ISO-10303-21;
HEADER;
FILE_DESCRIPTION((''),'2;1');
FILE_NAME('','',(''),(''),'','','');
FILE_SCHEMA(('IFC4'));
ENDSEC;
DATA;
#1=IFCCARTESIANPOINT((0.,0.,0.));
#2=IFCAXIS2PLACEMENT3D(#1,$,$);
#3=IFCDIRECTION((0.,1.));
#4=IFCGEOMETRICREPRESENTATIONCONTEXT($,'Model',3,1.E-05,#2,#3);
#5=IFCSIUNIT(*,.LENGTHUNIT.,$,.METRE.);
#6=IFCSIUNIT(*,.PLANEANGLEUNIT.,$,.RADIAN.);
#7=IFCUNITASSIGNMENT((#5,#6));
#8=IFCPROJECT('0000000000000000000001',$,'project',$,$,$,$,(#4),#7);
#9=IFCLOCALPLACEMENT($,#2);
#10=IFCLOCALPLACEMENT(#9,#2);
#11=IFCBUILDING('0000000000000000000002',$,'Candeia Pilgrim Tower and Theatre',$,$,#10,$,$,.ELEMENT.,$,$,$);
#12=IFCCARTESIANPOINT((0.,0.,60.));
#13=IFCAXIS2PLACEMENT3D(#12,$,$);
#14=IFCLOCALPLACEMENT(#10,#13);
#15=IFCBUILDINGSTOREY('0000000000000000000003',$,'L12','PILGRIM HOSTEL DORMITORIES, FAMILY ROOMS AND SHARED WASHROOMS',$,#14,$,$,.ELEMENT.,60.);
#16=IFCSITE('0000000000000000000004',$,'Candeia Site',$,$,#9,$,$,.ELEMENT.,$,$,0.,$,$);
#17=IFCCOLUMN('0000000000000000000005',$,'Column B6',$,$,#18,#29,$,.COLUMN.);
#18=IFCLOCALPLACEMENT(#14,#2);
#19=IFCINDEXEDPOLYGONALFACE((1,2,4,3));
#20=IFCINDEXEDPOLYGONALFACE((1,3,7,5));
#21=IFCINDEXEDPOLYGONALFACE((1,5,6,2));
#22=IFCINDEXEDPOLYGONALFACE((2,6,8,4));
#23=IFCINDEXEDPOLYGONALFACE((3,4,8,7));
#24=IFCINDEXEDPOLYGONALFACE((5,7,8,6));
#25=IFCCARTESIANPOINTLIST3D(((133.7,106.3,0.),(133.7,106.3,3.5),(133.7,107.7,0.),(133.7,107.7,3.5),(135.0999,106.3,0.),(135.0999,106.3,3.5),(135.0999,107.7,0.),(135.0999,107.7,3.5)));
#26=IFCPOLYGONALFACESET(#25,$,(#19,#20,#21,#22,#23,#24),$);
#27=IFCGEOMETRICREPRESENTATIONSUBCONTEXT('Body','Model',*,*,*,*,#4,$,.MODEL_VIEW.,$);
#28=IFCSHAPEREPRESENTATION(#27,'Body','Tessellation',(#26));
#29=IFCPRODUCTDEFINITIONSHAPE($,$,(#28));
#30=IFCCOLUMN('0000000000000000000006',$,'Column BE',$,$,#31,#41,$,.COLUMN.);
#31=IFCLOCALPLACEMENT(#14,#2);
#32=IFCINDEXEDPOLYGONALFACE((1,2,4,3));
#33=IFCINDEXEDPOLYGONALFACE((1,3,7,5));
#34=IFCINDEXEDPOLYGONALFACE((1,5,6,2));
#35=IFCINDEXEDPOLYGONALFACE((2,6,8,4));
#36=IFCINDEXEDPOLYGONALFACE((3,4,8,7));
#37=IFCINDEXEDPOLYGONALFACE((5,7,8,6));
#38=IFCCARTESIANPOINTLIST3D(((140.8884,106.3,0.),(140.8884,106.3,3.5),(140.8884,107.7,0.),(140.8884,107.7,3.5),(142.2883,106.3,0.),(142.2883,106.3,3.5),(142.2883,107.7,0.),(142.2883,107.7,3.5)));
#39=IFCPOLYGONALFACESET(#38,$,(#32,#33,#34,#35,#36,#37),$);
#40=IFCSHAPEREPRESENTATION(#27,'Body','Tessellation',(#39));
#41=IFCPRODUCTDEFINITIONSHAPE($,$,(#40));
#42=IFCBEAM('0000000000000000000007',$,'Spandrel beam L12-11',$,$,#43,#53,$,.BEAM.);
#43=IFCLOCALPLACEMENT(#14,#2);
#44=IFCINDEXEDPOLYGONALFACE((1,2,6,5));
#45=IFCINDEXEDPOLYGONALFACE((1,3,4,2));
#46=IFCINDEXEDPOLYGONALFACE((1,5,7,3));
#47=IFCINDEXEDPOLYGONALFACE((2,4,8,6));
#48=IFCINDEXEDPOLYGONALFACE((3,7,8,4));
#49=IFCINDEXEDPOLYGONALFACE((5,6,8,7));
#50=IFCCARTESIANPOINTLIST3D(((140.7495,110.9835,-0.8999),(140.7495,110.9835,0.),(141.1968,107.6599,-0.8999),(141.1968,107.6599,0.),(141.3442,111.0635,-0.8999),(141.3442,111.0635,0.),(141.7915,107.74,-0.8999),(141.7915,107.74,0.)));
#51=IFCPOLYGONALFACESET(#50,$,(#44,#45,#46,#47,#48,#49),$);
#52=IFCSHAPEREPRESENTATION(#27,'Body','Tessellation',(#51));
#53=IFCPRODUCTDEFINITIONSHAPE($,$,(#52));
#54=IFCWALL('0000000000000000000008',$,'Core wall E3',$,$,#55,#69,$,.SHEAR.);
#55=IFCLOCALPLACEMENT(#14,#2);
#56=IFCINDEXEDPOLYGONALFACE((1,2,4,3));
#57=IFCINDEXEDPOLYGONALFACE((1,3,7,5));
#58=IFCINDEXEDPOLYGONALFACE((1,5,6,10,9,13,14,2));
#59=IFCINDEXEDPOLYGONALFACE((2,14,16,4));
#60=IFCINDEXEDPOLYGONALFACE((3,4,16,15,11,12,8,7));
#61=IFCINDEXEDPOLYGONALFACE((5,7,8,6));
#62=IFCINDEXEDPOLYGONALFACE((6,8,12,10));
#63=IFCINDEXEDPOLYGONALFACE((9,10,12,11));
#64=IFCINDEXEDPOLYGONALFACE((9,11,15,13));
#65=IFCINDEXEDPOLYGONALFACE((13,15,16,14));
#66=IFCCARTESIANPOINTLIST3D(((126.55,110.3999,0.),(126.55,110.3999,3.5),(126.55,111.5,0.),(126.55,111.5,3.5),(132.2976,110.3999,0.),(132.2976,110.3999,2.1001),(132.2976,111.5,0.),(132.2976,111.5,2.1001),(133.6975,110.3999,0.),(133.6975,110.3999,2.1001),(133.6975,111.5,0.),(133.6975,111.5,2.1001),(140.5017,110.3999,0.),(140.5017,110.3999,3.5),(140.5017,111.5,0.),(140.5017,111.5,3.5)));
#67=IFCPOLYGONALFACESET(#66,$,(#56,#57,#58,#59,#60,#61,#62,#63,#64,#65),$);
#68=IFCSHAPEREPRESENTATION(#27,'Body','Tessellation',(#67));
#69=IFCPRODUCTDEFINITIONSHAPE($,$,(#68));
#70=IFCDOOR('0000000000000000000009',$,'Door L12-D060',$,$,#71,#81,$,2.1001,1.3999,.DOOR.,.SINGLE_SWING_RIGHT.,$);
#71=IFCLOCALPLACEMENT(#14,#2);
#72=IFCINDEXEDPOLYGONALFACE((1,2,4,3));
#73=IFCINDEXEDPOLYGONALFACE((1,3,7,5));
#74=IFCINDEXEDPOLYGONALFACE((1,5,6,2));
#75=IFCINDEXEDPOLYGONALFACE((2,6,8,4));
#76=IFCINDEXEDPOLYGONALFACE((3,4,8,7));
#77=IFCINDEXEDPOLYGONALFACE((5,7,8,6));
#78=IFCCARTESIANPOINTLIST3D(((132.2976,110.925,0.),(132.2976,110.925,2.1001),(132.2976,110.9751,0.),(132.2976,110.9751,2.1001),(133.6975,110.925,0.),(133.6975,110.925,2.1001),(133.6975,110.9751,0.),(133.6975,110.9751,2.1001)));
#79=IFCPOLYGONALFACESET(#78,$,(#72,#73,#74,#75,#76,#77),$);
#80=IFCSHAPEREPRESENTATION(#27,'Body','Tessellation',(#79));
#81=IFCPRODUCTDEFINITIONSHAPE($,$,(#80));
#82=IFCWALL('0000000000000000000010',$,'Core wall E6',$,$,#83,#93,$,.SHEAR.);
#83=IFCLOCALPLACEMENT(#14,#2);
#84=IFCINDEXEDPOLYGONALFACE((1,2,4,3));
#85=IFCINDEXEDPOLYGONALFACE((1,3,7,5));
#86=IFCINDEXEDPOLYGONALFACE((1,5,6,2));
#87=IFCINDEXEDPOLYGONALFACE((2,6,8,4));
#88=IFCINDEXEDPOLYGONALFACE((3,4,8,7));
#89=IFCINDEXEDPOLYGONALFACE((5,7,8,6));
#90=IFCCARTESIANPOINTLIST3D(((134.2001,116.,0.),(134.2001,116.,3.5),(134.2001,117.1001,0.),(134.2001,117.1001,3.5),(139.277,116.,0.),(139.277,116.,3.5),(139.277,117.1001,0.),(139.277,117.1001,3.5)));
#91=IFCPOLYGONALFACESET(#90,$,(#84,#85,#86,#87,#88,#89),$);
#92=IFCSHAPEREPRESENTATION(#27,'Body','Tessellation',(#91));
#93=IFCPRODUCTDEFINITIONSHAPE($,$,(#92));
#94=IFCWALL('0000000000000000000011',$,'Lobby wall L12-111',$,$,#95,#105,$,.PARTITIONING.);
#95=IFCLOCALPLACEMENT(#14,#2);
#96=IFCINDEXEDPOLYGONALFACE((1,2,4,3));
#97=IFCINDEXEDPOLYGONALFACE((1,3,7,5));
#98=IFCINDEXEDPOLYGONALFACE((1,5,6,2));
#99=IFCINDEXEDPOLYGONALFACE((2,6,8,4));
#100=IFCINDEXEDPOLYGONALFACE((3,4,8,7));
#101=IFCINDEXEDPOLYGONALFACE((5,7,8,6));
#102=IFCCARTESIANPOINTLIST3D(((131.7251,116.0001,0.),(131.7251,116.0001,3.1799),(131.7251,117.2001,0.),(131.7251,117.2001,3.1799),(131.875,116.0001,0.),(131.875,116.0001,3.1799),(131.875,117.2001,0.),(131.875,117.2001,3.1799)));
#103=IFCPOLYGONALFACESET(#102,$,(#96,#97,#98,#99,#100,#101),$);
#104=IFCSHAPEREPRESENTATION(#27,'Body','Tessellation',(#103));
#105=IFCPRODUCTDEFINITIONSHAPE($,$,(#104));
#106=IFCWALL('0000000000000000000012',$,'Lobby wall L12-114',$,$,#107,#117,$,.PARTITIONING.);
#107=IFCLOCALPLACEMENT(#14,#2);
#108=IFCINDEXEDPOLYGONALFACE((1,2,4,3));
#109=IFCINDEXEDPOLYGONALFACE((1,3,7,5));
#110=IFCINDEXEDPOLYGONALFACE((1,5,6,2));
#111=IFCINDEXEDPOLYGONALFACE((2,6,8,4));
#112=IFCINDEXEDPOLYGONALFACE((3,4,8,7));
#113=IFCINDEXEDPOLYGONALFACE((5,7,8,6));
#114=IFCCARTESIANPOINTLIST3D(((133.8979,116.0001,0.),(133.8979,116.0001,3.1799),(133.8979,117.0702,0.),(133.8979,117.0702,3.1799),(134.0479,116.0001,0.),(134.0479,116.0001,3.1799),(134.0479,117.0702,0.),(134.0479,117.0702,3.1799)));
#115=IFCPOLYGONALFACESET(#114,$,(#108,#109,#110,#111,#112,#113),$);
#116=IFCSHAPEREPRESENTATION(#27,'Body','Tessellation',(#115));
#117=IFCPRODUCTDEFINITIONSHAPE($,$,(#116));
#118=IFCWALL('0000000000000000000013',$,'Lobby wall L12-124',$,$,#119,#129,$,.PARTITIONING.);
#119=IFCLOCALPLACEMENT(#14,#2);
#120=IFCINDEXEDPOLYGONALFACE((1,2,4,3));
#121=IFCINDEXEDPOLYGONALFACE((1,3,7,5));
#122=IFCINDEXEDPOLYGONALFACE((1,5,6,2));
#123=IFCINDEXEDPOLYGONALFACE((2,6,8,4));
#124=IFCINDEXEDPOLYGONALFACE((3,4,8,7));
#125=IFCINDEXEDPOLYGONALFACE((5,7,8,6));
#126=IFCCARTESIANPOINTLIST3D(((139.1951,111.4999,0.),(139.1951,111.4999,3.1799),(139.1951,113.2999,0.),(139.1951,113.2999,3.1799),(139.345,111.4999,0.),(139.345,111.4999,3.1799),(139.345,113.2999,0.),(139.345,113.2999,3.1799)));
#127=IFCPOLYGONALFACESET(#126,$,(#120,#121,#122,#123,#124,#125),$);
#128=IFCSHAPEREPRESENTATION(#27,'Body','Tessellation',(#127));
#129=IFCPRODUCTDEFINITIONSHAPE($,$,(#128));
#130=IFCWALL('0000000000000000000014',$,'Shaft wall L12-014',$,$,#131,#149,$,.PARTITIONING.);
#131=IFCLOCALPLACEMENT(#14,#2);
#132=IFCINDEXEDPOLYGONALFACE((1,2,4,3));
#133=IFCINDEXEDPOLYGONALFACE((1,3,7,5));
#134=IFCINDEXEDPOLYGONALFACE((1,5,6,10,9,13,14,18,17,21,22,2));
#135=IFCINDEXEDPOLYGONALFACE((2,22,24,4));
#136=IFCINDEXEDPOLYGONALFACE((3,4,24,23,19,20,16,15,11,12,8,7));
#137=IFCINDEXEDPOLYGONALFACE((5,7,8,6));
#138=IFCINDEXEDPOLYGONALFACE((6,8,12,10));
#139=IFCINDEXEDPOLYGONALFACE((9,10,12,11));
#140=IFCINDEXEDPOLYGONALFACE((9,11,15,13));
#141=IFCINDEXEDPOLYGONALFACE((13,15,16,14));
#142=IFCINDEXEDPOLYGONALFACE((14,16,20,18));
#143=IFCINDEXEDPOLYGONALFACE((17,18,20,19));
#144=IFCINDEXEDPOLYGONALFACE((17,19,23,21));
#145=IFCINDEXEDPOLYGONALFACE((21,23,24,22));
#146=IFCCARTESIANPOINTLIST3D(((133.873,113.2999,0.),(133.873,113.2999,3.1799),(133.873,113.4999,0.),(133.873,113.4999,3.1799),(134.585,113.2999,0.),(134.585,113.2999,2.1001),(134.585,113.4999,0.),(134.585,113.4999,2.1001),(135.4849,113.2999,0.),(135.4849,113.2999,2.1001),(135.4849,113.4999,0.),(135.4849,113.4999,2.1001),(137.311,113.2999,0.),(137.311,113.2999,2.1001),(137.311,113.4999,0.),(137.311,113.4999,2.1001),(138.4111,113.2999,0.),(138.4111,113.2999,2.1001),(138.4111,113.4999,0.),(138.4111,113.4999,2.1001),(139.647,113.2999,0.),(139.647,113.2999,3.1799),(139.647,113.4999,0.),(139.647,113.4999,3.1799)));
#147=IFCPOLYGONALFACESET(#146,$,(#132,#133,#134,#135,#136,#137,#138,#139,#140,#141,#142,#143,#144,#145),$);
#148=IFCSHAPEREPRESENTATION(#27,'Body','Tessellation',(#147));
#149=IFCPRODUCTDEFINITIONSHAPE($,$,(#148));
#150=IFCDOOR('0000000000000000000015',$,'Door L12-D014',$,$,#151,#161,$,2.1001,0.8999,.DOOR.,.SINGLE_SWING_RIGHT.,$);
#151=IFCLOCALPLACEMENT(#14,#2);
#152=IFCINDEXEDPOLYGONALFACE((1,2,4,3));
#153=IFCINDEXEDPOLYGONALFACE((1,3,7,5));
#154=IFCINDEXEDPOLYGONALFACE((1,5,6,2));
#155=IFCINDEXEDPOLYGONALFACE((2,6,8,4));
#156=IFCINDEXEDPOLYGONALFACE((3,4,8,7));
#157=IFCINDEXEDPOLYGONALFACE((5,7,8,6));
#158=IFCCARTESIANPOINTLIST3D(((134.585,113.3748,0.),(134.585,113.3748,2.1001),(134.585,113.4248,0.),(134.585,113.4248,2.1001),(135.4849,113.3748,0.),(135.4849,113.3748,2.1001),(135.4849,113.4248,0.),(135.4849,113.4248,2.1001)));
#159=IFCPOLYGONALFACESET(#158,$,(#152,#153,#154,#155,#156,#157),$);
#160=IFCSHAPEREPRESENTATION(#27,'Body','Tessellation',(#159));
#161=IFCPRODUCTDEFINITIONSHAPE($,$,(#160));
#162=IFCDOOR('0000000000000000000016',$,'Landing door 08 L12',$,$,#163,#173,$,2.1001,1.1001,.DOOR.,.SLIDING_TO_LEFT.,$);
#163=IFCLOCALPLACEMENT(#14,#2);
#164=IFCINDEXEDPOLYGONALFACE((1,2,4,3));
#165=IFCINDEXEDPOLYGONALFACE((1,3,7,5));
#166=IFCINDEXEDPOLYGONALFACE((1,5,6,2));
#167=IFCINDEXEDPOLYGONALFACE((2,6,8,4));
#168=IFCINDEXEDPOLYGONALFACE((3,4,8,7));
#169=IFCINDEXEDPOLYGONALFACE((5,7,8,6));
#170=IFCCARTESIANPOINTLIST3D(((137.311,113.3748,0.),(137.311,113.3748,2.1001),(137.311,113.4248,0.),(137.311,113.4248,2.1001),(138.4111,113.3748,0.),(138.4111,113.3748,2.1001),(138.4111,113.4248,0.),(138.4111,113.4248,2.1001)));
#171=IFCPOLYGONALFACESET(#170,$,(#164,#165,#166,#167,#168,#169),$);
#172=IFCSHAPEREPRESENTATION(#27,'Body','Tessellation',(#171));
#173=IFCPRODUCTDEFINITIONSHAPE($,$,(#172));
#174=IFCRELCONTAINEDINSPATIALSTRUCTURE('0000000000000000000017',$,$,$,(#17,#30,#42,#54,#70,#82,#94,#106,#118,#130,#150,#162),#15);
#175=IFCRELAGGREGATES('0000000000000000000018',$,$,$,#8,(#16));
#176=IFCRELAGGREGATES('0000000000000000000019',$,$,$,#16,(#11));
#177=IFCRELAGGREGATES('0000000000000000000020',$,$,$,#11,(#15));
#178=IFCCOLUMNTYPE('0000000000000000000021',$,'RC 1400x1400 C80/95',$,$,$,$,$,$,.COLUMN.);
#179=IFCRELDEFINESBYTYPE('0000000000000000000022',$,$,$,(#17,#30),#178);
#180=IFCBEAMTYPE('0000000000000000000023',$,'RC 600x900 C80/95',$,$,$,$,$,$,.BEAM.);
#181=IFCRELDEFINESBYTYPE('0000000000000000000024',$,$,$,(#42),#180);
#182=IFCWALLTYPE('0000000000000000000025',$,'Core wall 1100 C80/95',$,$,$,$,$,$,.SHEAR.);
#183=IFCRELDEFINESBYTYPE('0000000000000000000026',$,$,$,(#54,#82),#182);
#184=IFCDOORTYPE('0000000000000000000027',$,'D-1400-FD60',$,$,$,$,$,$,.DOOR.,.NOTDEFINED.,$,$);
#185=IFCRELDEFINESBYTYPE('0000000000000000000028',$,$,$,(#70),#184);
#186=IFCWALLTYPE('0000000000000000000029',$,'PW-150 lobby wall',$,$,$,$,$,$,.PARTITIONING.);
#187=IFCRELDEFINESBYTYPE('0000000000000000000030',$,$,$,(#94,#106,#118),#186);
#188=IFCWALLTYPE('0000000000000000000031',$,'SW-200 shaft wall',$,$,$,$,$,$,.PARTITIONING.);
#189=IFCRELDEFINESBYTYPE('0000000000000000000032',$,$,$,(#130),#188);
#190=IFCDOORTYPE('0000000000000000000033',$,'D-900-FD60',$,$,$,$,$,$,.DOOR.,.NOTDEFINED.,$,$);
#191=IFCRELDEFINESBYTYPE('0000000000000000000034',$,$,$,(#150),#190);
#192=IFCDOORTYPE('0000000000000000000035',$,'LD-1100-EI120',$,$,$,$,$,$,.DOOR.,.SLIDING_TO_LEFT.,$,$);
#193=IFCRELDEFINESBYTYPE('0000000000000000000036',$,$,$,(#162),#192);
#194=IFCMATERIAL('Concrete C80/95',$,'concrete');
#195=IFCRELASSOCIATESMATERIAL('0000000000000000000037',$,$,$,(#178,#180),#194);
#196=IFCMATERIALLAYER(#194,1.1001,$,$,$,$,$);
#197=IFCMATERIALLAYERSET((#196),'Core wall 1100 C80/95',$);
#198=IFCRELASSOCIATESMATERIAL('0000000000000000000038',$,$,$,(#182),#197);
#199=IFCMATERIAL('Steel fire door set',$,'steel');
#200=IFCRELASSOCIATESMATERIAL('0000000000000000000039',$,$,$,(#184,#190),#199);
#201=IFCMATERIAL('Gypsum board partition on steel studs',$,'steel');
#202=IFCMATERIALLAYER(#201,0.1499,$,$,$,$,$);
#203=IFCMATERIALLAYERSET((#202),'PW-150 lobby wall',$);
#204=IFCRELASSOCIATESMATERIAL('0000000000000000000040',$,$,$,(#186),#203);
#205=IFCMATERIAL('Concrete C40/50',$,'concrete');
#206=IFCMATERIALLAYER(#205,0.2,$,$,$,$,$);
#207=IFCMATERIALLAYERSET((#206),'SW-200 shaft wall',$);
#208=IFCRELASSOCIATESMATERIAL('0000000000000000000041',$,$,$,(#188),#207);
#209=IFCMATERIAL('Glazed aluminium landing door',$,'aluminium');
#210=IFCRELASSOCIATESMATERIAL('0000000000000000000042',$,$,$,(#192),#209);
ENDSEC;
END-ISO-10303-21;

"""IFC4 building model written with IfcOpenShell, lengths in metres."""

from ifc_helpers import new_model, si_unit, direction, frame, frame_2d, origin, origin_2d, place, context, subcontext, project, spatial, rectangle, extrude, material, layer, layer_set, material_profile, profile_set, type_object, element, fill, save


model = new_model("IFC4")

# Units and contexts
model_context = context("Model", 3, precision=1e-05, world=origin(), true_north=direction((0.0, 1.0)))
body_context = subcontext(model_context, "Body", "Model", "MODEL_VIEW")
ifc_project = project(units=[si_unit("LENGTHUNIT", "METRE"), si_unit("PLANEANGLEUNIT", "RADIAN")], contexts=[model_context])

# Site, building, storey
site_placement = place(None, origin())
site = spatial("IfcSite", under=ifc_project, at=site_placement, Name="Candeia Site", CompositionType="ELEMENT", RefElevation=0.0)
building_placement = place(site_placement, origin())
building = spatial("IfcBuilding", under=site, at=building_placement, Name="Candeia Pilgrim Tower and Theatre", CompositionType="ELEMENT")
storey_placement = place(building_placement, frame((0.0, 0.0, 60.0)))
storey = spatial("IfcBuildingStorey", under=building, at=storey_placement, Name="L12", Description="PILGRIM HOSTEL DORMITORIES, FAMILY ROOMS AND SHARED WASHROOMS", CompositionType="ELEMENT", Elevation=60.0)

# Columns
ifc_material_1 = material(Name="Concrete C80/95", Category="concrete")
ifc_material_profile_1 = material_profile(ifc_material_1, rectangle(XDim=1.3999, YDim=1.3999, at=origin_2d()))
ifc_profile_set_1 = profile_set([ifc_material_profile_1], Name="Concrete C80/95")
column_type = type_object("IfcColumnType", Name="RC 1400x1400 C80/95", PredefinedType="COLUMN", material=ifc_profile_set_1)
for number, where, z_axis, x_axis, name in (
    (1, (134.3999, 107.0, 0.0), (0.0, 0.0, 1.0), (1.0, 0.0, 0.0), "Column B6"),
    (2, (141.5884, 107.0, 0.0), (0.0, 0.0, 1.0), (1.0, 0.0, 0.0), "Column BE"),
):
    element("IfcColumn", number, at=place(storey_placement, frame(where, z_axis=z_axis, x_axis=x_axis)), inside=storey, type_object=column_type, Name=name, PredefinedType="COLUMN", context=body_context, shape_type="SweptSolid", body=[
        extrude(rectangle(XDim=1.3999, YDim=1.3999, at=origin_2d()), origin(), (0.0, 0.0, 1.0), 3.5),
    ])

# Beam
ifc_material_profile_2 = material_profile(ifc_material_1, rectangle(XDim=0.6001, YDim=0.8999, at=origin_2d()))
ifc_profile_set_2 = profile_set([ifc_material_profile_2], Name="Concrete C80/95")
beam_type = type_object("IfcBeamType", Name="RC 600x900 C80/95", PredefinedType="BEAM", material=ifc_profile_set_2)
beam_placement = place(storey_placement, frame((141.4941, 107.7, -0.45), z_axis=(-0.133375, 0.991066, 0.0), x_axis=(-0.991066, -0.133375, 0.0)))
element("IfcBeam", 3, at=beam_placement, inside=storey, type_object=beam_type, Name="Spandrel beam L12-11", PredefinedType="BEAM", context=body_context, shape_type="SweptSolid", body=[
    extrude(rectangle(XDim=0.6001, YDim=0.8999, at=origin_2d()), origin(), (0.0, 0.0, 1.0), 3.3535),
])

# Wall, opening, door
ifc_layer_1 = layer(ifc_material_1, 1.1001)
ifc_layer_set_1 = layer_set([ifc_layer_1], Name="Core wall 1100 C80/95")
wall_type_1 = type_object("IfcWallType", Name="Core wall 1100 C80/95", PredefinedType="SHEAR", material=ifc_layer_set_1)
wall_1_placement = place(storey_placement, frame((140.5017, 110.95, 0.0), z_axis=(0.0, 0.0, 1.0), x_axis=(-1.0, 0.0, 0.0)))
wall_1 = element("IfcWall", 4, at=wall_1_placement, inside=storey, type_object=wall_type_1, Name="Core wall E3", PredefinedType="SHEAR", context=body_context, shape_type="SweptSolid", body=[
    extrude(rectangle(XDim=13.9517, YDim=1.1001, at=frame_2d((6.9758, 0.0))), origin(), (0.0, 0.0, 1.0), 3.5),
])
opening_1_placement = place(wall_1_placement, frame((6.8042, 0.0, 0.0)))
opening_1 = element("IfcOpeningElement", 5, at=opening_1_placement, cuts=wall_1, PredefinedType="OPENING", context=body_context, shape_type="SweptSolid", body=[
    extrude(rectangle(XDim=1.3999, YDim=2.1001, at=frame_2d((0.7, 1.05))), frame((0.0, 0.5601, 0.0), z_axis=(0.0, -1.0, 0.0), x_axis=(1.0, 0.0, 0.0)), (0.0, 0.0, 1.0), 1.1201),
])
ifc_material_2 = material(Name="Steel fire door set", Category="steel")
door_type_1 = type_object("IfcDoorType", Name="D-1400-FD60", OperationType="NOTDEFINED", PredefinedType="DOOR", material=ifc_material_2)
door_1_placement = place(opening_1_placement, origin())
door_1 = element("IfcDoor", 6, at=door_1_placement, inside=storey, type_object=door_type_1, Name="Door L12-D060", OperationType="SINGLE_SWING_RIGHT", OverallHeight=2.1001, OverallWidth=1.3999, PredefinedType="DOOR", context=body_context, shape_type="SweptSolid", body=[
    extrude(rectangle(XDim=1.3999, YDim=2.1001, at=frame_2d((0.7, 1.05))), frame((0.0, 0.0249, 0.0), z_axis=(0.0, -1.0, 0.0), x_axis=(1.0, 0.0, 0.0)), (0.0, 0.0, 1.0), 0.05),
])
fill(opening_1, door_1)

# Walls
wall_2_placement = place(storey_placement, frame((134.2, 116.55, 0.0), z_axis=(0.0, 0.0, 1.0), x_axis=(1.0, 0.0, 0.0)))
element("IfcWall", 7, at=wall_2_placement, inside=storey, type_object=wall_type_1, Name="Core wall E6", PredefinedType="SHEAR", context=body_context, shape_type="SweptSolid", body=[
    extrude(rectangle(XDim=5.0769, YDim=1.1001, at=frame_2d((2.5386, 0.0))), origin(), (0.0, 0.0, 1.0), 3.5),
])
ifc_material_3 = material(Name="Gypsum board partition on steel studs", Category="steel")
ifc_layer_2 = layer(ifc_material_3, 0.1499)
ifc_layer_set_2 = layer_set([ifc_layer_2], Name="PW-150 lobby wall")
wall_type_2 = type_object("IfcWallType", Name="PW-150 lobby wall", PredefinedType="PARTITIONING", material=ifc_layer_set_2)
wall_3_placement = place(storey_placement, frame((131.8, 116.0, 0.0), z_axis=(0.0, 0.0, 1.0), x_axis=(0.0, 1.0, 0.0)))
element("IfcWall", 8, at=wall_3_placement, inside=storey, type_object=wall_type_2, Name="Lobby wall L12-111", PredefinedType="PARTITIONING", context=body_context, shape_type="SweptSolid", body=[
    extrude(rectangle(XDim=1.2, YDim=0.1499, at=frame_2d((0.6001, 0.0))), origin(), (0.0, 0.0, 1.0), 3.1799),
])
wall_4_placement = place(storey_placement, frame((133.9729, 116.0, 0.0), z_axis=(0.0, 0.0, 1.0), x_axis=(0.0, 1.0, 0.0)))
element("IfcWall", 9, at=wall_4_placement, inside=storey, type_object=wall_type_2, Name="Lobby wall L12-114", PredefinedType="PARTITIONING", context=body_context, shape_type="SweptSolid", body=[
    extrude(rectangle(XDim=1.0701, YDim=0.1499, at=frame_2d((0.5352, 0.0))), origin(), (0.0, 0.0, 1.0), 3.1799),
])
wall_5_placement = place(storey_placement, frame((139.27, 111.5, 0.0), z_axis=(0.0, 0.0, 1.0), x_axis=(0.0, 1.0, 0.0)))
element("IfcWall", 10, at=wall_5_placement, inside=storey, type_object=wall_type_2, Name="Lobby wall L12-124", PredefinedType="PARTITIONING", context=body_context, shape_type="SweptSolid", body=[
    extrude(rectangle(XDim=1.8, YDim=0.1499, at=frame_2d((0.8999, 0.0))), origin(), (0.0, 0.0, 1.0), 3.1799),
])

# Wall, openings, doors
ifc_material_4 = material(Name="Concrete C40/50", Category="concrete")
ifc_layer_3 = layer(ifc_material_4, 0.2)
ifc_layer_set_3 = layer_set([ifc_layer_3], Name="SW-200 shaft wall")
wall_type_3 = type_object("IfcWallType", Name="SW-200 shaft wall", PredefinedType="PARTITIONING", material=ifc_layer_set_3)
wall_6_placement = place(storey_placement, frame((133.873, 113.3999, 0.0), z_axis=(0.0, 0.0, 1.0), x_axis=(1.0, 0.0, 0.0)))
wall_6 = element("IfcWall", 11, at=wall_6_placement, inside=storey, type_object=wall_type_3, Name="Shaft wall L12-014", PredefinedType="PARTITIONING", context=body_context, shape_type="SweptSolid", body=[
    extrude(rectangle(XDim=5.7739, YDim=0.2, at=frame_2d((2.887, 0.0))), origin(), (0.0, 0.0, 1.0), 3.1799),
])
opening_2_placement = place(wall_6_placement, frame((3.438, 0.0, 0.0)))
opening_2 = element("IfcOpeningElement", 12, at=opening_2_placement, cuts=wall_6, PredefinedType="OPENING", context=body_context, shape_type="SweptSolid", body=[
    extrude(rectangle(XDim=1.1001, YDim=2.1001, at=frame_2d((0.55, 1.05))), frame((0.0, 0.1099, 0.0), z_axis=(0.0, -1.0, 0.0), x_axis=(1.0, 0.0, 0.0)), (0.0, 0.0, 1.0), 0.22),
])
opening_3_placement = place(wall_6_placement, frame((0.7119, 0.0, 0.0)))
opening_3 = element("IfcOpeningElement", 13, at=opening_3_placement, cuts=wall_6, PredefinedType="OPENING", context=body_context, shape_type="SweptSolid", body=[
    extrude(rectangle(XDim=0.8999, YDim=2.1001, at=frame_2d((0.45, 1.05))), frame((0.0, 0.1099, 0.0), z_axis=(0.0, -1.0, 0.0), x_axis=(1.0, 0.0, 0.0)), (0.0, 0.0, 1.0), 0.22),
])
door_type_2 = type_object("IfcDoorType", Name="D-900-FD60", OperationType="NOTDEFINED", PredefinedType="DOOR", material=ifc_material_2)
door_2_placement = place(opening_3_placement, origin())
door_2 = element("IfcDoor", 14, at=door_2_placement, inside=storey, type_object=door_type_2, Name="Door L12-D014", OperationType="SINGLE_SWING_RIGHT", OverallHeight=2.1001, OverallWidth=0.8999, PredefinedType="DOOR", context=body_context, shape_type="SweptSolid", body=[
    extrude(rectangle(XDim=0.8999, YDim=2.1001, at=frame_2d((0.45, 1.05))), frame((0.0, 0.0249, 0.0), z_axis=(0.0, -1.0, 0.0), x_axis=(1.0, 0.0, 0.0)), (0.0, 0.0, 1.0), 0.05),
])
fill(opening_3, door_2)
ifc_material_5 = material(Name="Glazed aluminium landing door", Category="aluminium")
door_type_3 = type_object("IfcDoorType", Name="LD-1100-EI120", OperationType="SLIDING_TO_LEFT", PredefinedType="DOOR", material=ifc_material_5)
door_3_placement = place(opening_2_placement, origin())
door_3 = element("IfcDoor", 15, at=door_3_placement, inside=storey, type_object=door_type_3, Name="Landing door 08 L12", OperationType="SLIDING_TO_LEFT", OverallHeight=2.1001, OverallWidth=1.1001, PredefinedType="DOOR", context=body_context, shape_type="SweptSolid", body=[
    extrude(rectangle(XDim=1.1001, YDim=2.1001, at=frame_2d((0.55, 1.05))), frame((0.0, 0.0249, 0.0), z_axis=(0.0, -1.0, 0.0), x_axis=(1.0, 0.0, 0.0)), (0.0, 0.0, 1.0), 0.05),
])
fill(opening_2, door_3)

save(model, "model.ifc")
